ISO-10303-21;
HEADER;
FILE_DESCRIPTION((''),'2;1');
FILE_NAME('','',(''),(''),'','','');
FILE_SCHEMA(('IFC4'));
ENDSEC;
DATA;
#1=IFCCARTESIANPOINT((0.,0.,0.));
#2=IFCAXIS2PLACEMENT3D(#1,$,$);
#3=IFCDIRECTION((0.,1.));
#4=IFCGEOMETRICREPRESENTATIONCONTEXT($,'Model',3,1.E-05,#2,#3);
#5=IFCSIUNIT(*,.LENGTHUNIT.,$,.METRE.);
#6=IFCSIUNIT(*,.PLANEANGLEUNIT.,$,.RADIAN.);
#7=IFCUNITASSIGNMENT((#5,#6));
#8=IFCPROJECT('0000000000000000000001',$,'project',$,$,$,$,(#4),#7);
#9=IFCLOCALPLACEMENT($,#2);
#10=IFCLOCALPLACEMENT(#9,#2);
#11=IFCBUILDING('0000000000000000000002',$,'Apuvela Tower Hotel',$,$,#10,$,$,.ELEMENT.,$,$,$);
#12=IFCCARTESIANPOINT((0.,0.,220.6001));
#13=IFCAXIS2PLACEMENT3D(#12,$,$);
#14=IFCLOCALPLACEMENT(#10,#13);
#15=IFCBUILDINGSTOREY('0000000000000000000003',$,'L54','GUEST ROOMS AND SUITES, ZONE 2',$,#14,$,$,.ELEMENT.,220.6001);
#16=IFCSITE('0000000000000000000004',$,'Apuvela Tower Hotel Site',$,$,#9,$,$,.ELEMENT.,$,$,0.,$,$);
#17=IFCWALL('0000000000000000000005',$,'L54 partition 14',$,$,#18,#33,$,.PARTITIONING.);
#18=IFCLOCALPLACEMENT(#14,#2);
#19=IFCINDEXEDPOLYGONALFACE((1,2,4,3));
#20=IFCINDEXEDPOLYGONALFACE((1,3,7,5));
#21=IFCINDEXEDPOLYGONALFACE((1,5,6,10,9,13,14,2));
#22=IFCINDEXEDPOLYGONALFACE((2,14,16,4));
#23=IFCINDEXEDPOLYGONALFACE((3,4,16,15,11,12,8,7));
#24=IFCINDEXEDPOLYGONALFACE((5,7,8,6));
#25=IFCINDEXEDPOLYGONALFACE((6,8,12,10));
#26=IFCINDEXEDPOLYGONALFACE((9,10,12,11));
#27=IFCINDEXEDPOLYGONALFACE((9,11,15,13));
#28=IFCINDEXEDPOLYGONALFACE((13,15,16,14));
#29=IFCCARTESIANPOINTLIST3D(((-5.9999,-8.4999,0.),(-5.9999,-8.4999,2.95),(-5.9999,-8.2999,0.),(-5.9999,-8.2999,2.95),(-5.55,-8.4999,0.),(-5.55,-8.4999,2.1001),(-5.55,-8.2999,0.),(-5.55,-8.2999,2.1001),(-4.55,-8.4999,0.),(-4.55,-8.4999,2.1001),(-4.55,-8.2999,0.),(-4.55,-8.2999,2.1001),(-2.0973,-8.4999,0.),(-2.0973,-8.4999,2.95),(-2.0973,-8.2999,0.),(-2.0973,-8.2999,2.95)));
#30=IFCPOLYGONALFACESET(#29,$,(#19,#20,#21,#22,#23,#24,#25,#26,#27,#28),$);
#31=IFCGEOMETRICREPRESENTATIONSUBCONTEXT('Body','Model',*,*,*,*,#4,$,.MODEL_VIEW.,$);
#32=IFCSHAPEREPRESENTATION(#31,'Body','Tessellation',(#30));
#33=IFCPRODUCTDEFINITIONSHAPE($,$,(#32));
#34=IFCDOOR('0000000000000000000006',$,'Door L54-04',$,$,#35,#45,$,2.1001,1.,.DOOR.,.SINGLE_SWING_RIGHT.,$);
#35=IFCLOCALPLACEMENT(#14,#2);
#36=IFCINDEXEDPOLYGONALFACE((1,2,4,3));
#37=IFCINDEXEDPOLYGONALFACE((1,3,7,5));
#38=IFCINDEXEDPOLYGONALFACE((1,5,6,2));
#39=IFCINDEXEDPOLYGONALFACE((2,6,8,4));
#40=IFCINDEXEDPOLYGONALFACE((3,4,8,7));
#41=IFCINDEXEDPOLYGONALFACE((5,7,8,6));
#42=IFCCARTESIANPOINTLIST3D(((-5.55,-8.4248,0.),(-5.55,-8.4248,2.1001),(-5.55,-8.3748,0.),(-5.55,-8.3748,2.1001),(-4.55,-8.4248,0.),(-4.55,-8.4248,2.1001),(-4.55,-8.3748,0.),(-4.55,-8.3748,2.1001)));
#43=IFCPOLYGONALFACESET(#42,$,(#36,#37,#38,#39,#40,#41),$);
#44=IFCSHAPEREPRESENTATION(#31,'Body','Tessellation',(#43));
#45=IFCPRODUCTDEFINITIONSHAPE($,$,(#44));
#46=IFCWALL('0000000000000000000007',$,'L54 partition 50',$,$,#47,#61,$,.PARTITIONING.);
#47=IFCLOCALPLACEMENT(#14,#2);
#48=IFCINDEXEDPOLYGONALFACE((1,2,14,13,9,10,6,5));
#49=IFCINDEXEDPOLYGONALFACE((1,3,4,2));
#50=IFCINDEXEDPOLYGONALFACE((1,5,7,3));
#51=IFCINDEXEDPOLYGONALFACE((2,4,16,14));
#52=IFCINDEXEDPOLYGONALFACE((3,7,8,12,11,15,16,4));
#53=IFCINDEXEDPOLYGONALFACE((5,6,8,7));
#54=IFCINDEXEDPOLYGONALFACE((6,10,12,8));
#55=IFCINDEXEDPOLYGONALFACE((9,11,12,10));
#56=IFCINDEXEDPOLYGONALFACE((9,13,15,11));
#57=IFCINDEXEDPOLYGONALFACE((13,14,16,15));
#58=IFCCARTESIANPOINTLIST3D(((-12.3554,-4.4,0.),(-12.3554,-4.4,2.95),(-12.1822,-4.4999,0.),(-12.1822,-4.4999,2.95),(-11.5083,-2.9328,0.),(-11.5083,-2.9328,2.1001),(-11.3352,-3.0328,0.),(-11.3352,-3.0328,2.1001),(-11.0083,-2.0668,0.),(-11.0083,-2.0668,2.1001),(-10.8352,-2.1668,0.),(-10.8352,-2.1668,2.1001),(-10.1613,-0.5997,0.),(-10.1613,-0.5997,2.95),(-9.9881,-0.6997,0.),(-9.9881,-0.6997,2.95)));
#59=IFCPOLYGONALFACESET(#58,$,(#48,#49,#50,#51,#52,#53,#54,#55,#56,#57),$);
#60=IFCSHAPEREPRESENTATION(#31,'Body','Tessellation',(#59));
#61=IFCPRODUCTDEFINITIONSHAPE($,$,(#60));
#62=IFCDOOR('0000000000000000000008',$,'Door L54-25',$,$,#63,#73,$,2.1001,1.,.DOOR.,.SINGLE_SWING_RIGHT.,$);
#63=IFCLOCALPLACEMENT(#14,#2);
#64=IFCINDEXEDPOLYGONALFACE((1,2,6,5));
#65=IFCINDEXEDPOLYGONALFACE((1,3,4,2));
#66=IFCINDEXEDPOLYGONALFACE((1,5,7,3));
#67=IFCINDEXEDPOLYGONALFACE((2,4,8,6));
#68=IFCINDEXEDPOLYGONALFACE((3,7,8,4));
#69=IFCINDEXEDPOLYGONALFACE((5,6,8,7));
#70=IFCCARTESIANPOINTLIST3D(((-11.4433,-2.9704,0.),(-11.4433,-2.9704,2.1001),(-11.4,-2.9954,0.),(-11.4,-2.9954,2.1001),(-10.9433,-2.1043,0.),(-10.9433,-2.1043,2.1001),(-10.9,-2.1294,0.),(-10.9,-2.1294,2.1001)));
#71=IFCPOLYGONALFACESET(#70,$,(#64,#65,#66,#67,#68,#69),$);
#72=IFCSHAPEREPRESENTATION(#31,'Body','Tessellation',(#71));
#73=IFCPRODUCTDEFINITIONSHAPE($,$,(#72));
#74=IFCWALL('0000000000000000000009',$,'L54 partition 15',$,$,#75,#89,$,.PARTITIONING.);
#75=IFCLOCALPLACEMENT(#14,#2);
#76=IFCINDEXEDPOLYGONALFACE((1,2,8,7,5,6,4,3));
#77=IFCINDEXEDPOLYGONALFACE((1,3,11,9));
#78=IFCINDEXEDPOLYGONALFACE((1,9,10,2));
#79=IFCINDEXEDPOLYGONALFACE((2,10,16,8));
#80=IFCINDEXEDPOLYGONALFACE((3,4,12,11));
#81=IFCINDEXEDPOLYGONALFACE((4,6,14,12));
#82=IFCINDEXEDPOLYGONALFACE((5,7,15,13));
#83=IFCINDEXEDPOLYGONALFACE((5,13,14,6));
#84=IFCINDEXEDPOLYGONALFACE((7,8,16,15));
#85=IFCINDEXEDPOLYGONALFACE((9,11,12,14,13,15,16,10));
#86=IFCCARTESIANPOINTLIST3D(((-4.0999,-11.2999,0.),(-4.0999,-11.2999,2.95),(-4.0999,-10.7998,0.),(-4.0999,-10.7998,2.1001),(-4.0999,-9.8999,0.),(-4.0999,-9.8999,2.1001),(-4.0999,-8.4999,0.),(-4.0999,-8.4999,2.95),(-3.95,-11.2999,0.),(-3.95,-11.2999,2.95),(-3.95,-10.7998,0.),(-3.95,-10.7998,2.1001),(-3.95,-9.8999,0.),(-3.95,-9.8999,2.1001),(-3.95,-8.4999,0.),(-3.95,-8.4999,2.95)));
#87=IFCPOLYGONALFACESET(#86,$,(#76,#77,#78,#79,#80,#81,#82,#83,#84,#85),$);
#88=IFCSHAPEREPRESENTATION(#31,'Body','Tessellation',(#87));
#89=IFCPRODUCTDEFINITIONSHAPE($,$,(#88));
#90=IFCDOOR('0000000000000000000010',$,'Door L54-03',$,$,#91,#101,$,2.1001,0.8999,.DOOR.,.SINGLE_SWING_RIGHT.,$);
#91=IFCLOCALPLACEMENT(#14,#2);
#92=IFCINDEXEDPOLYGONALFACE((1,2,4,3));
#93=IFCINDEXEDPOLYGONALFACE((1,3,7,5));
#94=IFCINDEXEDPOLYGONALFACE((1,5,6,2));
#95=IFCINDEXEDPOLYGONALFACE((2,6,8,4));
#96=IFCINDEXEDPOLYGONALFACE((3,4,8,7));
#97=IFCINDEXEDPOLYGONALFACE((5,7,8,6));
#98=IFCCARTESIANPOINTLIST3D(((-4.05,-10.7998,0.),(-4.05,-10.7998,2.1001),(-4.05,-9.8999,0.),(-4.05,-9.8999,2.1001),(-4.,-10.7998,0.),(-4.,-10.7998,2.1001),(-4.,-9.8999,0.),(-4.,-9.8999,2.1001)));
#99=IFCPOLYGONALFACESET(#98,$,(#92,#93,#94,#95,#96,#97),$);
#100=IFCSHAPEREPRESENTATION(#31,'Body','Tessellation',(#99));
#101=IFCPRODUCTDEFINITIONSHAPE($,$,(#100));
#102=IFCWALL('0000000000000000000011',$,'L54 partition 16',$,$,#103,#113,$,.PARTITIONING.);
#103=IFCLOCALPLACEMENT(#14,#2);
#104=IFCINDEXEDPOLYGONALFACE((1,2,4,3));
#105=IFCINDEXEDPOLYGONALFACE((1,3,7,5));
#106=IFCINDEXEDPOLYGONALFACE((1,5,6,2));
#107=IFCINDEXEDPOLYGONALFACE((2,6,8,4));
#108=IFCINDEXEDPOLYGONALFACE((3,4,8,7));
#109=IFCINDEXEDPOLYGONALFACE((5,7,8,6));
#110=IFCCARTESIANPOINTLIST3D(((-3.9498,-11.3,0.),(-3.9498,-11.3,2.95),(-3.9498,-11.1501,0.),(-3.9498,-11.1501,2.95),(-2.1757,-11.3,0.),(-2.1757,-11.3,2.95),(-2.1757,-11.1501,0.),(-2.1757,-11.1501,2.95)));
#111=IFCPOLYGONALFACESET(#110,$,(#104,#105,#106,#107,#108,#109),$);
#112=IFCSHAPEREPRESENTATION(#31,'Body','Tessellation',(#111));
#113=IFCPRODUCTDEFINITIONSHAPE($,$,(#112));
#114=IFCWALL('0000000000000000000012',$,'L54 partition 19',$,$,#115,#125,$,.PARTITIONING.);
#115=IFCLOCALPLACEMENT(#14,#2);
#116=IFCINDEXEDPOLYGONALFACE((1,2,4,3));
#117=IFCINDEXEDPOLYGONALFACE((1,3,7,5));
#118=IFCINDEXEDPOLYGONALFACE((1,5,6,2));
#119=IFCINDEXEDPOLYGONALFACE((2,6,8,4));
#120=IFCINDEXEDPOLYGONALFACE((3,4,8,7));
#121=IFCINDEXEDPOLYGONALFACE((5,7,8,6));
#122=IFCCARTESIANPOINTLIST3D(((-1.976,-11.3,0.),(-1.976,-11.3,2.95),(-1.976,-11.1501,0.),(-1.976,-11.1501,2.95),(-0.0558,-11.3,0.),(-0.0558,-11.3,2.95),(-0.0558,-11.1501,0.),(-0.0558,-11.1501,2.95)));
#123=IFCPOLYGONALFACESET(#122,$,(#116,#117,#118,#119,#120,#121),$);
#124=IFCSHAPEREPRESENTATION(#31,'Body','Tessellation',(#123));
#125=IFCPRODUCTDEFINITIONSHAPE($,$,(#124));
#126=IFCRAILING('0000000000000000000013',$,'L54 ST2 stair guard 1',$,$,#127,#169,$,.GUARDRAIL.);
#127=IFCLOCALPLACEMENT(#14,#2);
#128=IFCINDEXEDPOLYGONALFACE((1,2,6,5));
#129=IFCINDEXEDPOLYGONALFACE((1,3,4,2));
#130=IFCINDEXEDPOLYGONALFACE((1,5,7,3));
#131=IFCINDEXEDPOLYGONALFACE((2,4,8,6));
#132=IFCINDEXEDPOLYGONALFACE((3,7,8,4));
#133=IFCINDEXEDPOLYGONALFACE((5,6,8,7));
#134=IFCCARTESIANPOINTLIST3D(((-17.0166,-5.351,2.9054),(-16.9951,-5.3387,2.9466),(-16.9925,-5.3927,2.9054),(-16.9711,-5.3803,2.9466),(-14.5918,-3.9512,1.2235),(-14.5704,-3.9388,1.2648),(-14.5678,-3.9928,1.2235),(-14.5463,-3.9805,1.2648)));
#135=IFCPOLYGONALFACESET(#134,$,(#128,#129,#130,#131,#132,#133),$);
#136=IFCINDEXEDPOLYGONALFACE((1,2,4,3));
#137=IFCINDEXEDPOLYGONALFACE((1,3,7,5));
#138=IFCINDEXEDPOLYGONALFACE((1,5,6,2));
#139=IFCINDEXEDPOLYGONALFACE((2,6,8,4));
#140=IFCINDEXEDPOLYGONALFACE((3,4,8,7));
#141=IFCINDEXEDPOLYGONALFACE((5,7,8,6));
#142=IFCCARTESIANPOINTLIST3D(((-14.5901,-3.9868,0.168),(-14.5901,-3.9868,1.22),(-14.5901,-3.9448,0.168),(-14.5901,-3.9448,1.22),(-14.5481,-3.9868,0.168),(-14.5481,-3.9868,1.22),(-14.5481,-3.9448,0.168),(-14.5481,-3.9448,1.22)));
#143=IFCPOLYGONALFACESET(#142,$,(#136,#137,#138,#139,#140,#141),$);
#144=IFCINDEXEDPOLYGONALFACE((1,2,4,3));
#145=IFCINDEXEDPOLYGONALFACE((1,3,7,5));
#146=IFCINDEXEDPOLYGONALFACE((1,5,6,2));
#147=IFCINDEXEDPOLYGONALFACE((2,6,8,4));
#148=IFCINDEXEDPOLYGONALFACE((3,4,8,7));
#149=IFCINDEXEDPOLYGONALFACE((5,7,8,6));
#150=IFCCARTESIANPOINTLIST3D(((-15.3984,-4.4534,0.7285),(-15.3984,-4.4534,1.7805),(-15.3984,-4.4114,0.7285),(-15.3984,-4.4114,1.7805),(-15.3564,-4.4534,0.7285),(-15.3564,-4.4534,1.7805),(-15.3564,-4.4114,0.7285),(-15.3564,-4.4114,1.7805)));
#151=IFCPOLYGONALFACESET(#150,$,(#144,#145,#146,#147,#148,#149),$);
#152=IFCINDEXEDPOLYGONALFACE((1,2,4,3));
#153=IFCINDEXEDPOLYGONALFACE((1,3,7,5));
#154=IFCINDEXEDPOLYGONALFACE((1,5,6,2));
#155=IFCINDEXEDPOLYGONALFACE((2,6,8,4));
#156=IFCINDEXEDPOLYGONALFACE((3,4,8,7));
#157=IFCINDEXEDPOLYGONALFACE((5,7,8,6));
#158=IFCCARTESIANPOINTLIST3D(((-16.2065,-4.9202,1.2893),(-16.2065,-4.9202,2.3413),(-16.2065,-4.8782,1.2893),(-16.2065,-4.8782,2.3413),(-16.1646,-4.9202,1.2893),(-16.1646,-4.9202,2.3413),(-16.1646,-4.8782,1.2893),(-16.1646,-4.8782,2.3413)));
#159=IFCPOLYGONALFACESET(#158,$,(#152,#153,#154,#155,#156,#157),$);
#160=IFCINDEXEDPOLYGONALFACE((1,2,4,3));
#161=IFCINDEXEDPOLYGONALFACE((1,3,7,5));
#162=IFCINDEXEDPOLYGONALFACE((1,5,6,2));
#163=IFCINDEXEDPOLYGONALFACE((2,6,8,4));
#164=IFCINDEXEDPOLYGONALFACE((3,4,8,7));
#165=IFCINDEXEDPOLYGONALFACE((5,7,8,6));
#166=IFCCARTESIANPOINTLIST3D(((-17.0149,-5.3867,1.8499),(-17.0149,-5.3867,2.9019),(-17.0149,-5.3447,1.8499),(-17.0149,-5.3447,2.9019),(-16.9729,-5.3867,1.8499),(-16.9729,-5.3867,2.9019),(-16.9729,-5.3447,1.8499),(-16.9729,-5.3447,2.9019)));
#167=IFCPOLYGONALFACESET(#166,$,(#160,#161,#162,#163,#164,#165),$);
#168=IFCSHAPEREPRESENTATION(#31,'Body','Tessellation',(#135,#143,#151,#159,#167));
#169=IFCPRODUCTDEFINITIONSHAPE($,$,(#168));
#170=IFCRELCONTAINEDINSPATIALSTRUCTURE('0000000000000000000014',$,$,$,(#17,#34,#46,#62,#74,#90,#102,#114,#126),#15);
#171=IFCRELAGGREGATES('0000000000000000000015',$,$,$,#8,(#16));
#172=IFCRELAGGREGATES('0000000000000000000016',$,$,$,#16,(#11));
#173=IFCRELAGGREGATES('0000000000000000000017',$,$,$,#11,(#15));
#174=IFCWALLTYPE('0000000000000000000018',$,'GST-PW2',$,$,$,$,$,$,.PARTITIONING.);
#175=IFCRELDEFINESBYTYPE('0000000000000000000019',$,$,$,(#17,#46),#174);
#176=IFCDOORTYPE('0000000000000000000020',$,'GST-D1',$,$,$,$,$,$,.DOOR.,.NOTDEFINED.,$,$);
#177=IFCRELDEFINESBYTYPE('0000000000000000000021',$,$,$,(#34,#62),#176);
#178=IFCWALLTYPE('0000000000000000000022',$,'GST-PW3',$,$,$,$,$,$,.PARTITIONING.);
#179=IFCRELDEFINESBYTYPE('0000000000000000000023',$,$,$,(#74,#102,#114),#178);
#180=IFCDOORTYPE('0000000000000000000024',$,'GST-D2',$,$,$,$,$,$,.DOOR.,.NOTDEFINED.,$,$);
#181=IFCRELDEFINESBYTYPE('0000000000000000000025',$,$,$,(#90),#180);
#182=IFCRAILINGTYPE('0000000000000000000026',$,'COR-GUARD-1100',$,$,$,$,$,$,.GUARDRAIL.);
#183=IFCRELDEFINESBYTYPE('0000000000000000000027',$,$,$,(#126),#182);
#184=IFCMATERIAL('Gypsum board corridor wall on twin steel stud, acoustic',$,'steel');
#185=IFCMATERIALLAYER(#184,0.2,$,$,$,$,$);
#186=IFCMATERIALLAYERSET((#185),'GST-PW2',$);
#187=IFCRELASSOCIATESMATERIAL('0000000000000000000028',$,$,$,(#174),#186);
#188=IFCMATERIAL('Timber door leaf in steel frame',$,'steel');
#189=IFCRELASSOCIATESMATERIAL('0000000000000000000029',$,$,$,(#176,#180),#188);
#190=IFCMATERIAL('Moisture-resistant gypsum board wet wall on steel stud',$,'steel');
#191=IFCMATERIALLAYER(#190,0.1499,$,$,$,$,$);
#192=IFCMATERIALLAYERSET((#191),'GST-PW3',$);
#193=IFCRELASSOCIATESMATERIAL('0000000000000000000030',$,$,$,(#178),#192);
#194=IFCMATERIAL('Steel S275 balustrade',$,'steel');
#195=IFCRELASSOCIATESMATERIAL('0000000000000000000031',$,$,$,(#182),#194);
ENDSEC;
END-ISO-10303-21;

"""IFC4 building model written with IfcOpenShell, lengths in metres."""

from ifc_helpers import new_model, si_unit, direction, frame, frame_2d, origin, origin_2d, place, context, subcontext, project, spatial, rectangle, extrude, material, layer, layer_set, type_object, element, fill, save


model = new_model("IFC4")

# Units and contexts
model_context = context("Model", 3, precision=1e-05, world=origin(), true_north=direction((0.0, 1.0)))
body_context = subcontext(model_context, "Body", "Model", "MODEL_VIEW")
ifc_project = project(units=[si_unit("LENGTHUNIT", "METRE"), si_unit("PLANEANGLEUNIT", "RADIAN")], contexts=[model_context])

# Site, building, storey
site_placement = place(None, origin())
site = spatial("IfcSite", under=ifc_project, at=site_placement, Name="Apuvela Tower Hotel Site", CompositionType="ELEMENT", RefElevation=0.0)
building_placement = place(site_placement, origin())
building = spatial("IfcBuilding", under=site, at=building_placement, Name="Apuvela Tower Hotel", CompositionType="ELEMENT")
storey_placement = place(building_placement, frame((0.0, 0.0, 220.6001)))
storey = spatial("IfcBuildingStorey", under=building, at=storey_placement, Name="L54", Description="GUEST ROOMS AND SUITES, ZONE 2", CompositionType="ELEMENT", Elevation=220.6001)

# Walls, openings, doors
ifc_material_1 = material(Name="Gypsum board corridor wall on twin steel stud, acoustic", Category="steel")
ifc_layer_1 = layer(ifc_material_1, 0.2)
ifc_layer_set_1 = layer_set([ifc_layer_1], Name="GST-PW2")
wall_type_1 = type_object("IfcWallType", Name="GST-PW2", PredefinedType="PARTITIONING", material=ifc_layer_set_1)
ifc_material_2 = material(Name="Timber door leaf in steel frame", Category="steel")
door_type_1 = type_object("IfcDoorType", Name="GST-D1", OperationType="NOTDEFINED", PredefinedType="DOOR", material=ifc_material_2)
wall_1_placement = place(storey_placement, frame((-2.0974, -8.3999, 0.0), z_axis=(0.0, 0.0, 1.0), x_axis=(-1.0, 0.0, 0.0)))
wall_1 = element("IfcWall", 1, at=wall_1_placement, inside=storey, type_object=wall_type_1, Name="L54 partition 14", PredefinedType="PARTITIONING", context=body_context, shape_type="SweptSolid", body=[
    extrude(rectangle(XDim=3.9026, YDim=0.2, at=frame_2d((1.9512, 0.0))), origin(), (0.0, 0.0, 1.0), 2.95),
])
opening_1_placement = place(wall_1_placement, frame((2.4526, 0.0, 0.0)))
opening_1 = element("IfcOpeningElement", 2, at=opening_1_placement, cuts=wall_1, PredefinedType="OPENING", context=body_context, shape_type="SweptSolid", body=[
    extrude(rectangle(XDim=1.0, YDim=2.1001, at=frame_2d((0.5, 1.05))), frame((0.0, 0.1099, 0.0), z_axis=(0.0, -1.0, 0.0), x_axis=(1.0, 0.0, 0.0)), (0.0, 0.0, 1.0), 0.22),
])
door_1_placement = place(opening_1_placement, origin())
door_1 = element("IfcDoor", 3, at=door_1_placement, inside=storey, type_object=door_type_1, Name="Door L54-04", OperationType="SINGLE_SWING_RIGHT", OverallHeight=2.1001, OverallWidth=1.0, PredefinedType="DOOR", context=body_context, shape_type="SweptSolid", body=[
    extrude(rectangle(XDim=1.0, YDim=2.1001, at=frame_2d((0.5, 1.05))), frame((0.0, 0.0249, 0.0), z_axis=(0.0, -1.0, 0.0), x_axis=(1.0, 0.0, 0.0)), (0.0, 0.0, 1.0), 0.05),
])
fill(opening_1, door_1)
wall_2_placement = place(storey_placement, frame((-12.2688, -4.45, 0.0), z_axis=(0.0, 0.0, 1.0), x_axis=(0.499999, 0.866026, 0.0)))
wall_2 = element("IfcWall", 4, at=wall_2_placement, inside=storey, type_object=wall_type_1, Name="L54 partition 50", PredefinedType="PARTITIONING", context=body_context, shape_type="SweptSolid", body=[
    extrude(rectangle(XDim=4.3882, YDim=0.2, at=frame_2d((2.1941, 0.0))), origin(), (0.0, 0.0, 1.0), 2.95),
])
opening_2_placement = place(wall_2_placement, frame((1.6941, 0.0, 0.0)))
opening_2 = element("IfcOpeningElement", 5, at=opening_2_placement, cuts=wall_2, PredefinedType="OPENING", context=body_context, shape_type="SweptSolid", body=[
    extrude(rectangle(XDim=1.0, YDim=2.1001, at=frame_2d((0.5, 1.05))), frame((0.0, 0.1099, 0.0), z_axis=(0.0, -1.0, 0.0), x_axis=(1.0, 0.0, 0.0)), (0.0, 0.0, 1.0), 0.22),
])
door_2_placement = place(opening_2_placement, origin())
door_2 = element("IfcDoor", 6, at=door_2_placement, inside=storey, type_object=door_type_1, Name="Door L54-25", OperationType="SINGLE_SWING_RIGHT", OverallHeight=2.1001, OverallWidth=1.0, PredefinedType="DOOR", context=body_context, shape_type="SweptSolid", body=[
    extrude(rectangle(XDim=1.0, YDim=2.1001, at=frame_2d((0.5, 1.05))), frame((0.0, 0.0249, 0.0), z_axis=(0.0, -1.0, 0.0), x_axis=(1.0, 0.0, 0.0)), (0.0, 0.0, 1.0), 0.05),
])
fill(opening_2, door_2)
ifc_material_3 = material(Name="Moisture-resistant gypsum board wet wall on steel stud", Category="steel")
ifc_layer_2 = layer(ifc_material_3, 0.1499)
ifc_layer_set_2 = layer_set([ifc_layer_2], Name="GST-PW3")
wall_type_2 = type_object("IfcWallType", Name="GST-PW3", PredefinedType="PARTITIONING", material=ifc_layer_set_2)
wall_3_placement = place(storey_placement, frame((-4.0249, -8.5, 0.0), z_axis=(0.0, 0.0, 1.0), x_axis=(0.0, -1.0, 0.0)))
wall_3 = element("IfcWall", 7, at=wall_3_placement, inside=storey, type_object=wall_type_2, Name="L54 partition 15", PredefinedType="PARTITIONING", context=body_context, shape_type="SweptSolid", body=[
    extrude(rectangle(XDim=2.8, YDim=0.1499, at=frame_2d((1.3999, 0.0))), origin(), (0.0, 0.0, 1.0), 2.95),
])
opening_3_placement = place(wall_3_placement, frame((1.3999, 0.0, 0.0)))
opening_3 = element("IfcOpeningElement", 8, at=opening_3_placement, cuts=wall_3, PredefinedType="OPENING", context=body_context, shape_type="SweptSolid", body=[
    extrude(rectangle(XDim=0.8999, YDim=2.1001, at=frame_2d((0.45, 1.05))), frame((0.0, 0.085, 0.0), z_axis=(0.0, -1.0, 0.0), x_axis=(1.0, 0.0, 0.0)), (0.0, 0.0, 1.0), 0.1699),
])
door_type_2 = type_object("IfcDoorType", Name="GST-D2", OperationType="NOTDEFINED", PredefinedType="DOOR", material=ifc_material_2)
door_3_placement = place(opening_3_placement, origin())
door_3 = element("IfcDoor", 9, at=door_3_placement, inside=storey, type_object=door_type_2, Name="Door L54-03", OperationType="SINGLE_SWING_RIGHT", OverallHeight=2.1001, OverallWidth=0.8999, PredefinedType="DOOR", context=body_context, shape_type="SweptSolid", body=[
    extrude(rectangle(XDim=0.8999, YDim=2.1001, at=frame_2d((0.45, 1.05))), frame((0.0, 0.0249, 0.0), z_axis=(0.0, -1.0, 0.0), x_axis=(1.0, 0.0, 0.0)), (0.0, 0.0, 1.0), 0.05),
])
fill(opening_3, door_3)

# Walls
wall_4_placement = place(storey_placement, frame((-3.95, -11.2251, 0.0), z_axis=(0.0, 0.0, 1.0), x_axis=(1.0, 0.0, 0.0)))
element("IfcWall", 10, at=wall_4_placement, inside=storey, type_object=wall_type_2, Name="L54 partition 16", PredefinedType="PARTITIONING", context=body_context, shape_type="SweptSolid", body=[
    extrude(rectangle(XDim=1.7742, YDim=0.1499, at=frame_2d((0.8872, 0.0))), origin(), (0.0, 0.0, 1.0), 2.95),
])
wall_5_placement = place(storey_placement, frame((-1.9758, -11.2251, 0.0), z_axis=(0.0, 0.0, 1.0), x_axis=(1.0, 0.0, 0.0)))
element("IfcWall", 11, at=wall_5_placement, inside=storey, type_object=wall_type_2, Name="L54 partition 19", PredefinedType="PARTITIONING", context=body_context, shape_type="SweptSolid", body=[
    extrude(rectangle(XDim=1.9202, YDim=0.1499, at=frame_2d((0.96, 0.0))), origin(), (0.0, 0.0, 1.0), 2.95),
])

# Railing
ifc_material_4 = material(Name="Steel S275 balustrade", Category="steel")
railing_type = type_object("IfcRailingType", Name="COR-GUARD-1100", PredefinedType="GUARDRAIL", material=ifc_material_4)
railing_1_placement = place(storey_placement, frame((-14.5691, -3.9658, 0.168)))
element("IfcRailing", 12, at=railing_1_placement, inside=storey, type_object=railing_type, Name="L54 ST2 stair guard 1", PredefinedType="GUARDRAIL", context=body_context, shape_type="SweptSolid", body=[
    extrude(rectangle(XDim=0.0481, YDim=0.0481, at=origin_2d()), frame((0.0, 0.0, 1.0762), z_axis=(-0.74239, -0.428601, 0.514934), x_axis=(0.499984, -0.866035, 0.0)), (0.0, 0.0, 1.0), 3.2661),
    extrude(rectangle(XDim=0.042, YDim=0.042, at=origin_2d()), origin(), (0.0, 0.0, 1.0), 1.052),
    extrude(rectangle(XDim=0.042, YDim=0.042, at=origin_2d()), frame((-0.8083, -0.4666, 0.5605)), (0.0, 0.0, 1.0), 1.052),
    extrude(rectangle(XDim=0.042, YDim=0.042, at=origin_2d()), frame((-1.6165, -0.9333, 1.1213)), (0.0, 0.0, 1.0), 1.052),
    extrude(rectangle(XDim=0.042, YDim=0.042, at=origin_2d()), frame((-2.4248, -1.3999, 1.6819)), (0.0, 0.0, 1.0), 1.052),
])

save(model, "model.ifc")
